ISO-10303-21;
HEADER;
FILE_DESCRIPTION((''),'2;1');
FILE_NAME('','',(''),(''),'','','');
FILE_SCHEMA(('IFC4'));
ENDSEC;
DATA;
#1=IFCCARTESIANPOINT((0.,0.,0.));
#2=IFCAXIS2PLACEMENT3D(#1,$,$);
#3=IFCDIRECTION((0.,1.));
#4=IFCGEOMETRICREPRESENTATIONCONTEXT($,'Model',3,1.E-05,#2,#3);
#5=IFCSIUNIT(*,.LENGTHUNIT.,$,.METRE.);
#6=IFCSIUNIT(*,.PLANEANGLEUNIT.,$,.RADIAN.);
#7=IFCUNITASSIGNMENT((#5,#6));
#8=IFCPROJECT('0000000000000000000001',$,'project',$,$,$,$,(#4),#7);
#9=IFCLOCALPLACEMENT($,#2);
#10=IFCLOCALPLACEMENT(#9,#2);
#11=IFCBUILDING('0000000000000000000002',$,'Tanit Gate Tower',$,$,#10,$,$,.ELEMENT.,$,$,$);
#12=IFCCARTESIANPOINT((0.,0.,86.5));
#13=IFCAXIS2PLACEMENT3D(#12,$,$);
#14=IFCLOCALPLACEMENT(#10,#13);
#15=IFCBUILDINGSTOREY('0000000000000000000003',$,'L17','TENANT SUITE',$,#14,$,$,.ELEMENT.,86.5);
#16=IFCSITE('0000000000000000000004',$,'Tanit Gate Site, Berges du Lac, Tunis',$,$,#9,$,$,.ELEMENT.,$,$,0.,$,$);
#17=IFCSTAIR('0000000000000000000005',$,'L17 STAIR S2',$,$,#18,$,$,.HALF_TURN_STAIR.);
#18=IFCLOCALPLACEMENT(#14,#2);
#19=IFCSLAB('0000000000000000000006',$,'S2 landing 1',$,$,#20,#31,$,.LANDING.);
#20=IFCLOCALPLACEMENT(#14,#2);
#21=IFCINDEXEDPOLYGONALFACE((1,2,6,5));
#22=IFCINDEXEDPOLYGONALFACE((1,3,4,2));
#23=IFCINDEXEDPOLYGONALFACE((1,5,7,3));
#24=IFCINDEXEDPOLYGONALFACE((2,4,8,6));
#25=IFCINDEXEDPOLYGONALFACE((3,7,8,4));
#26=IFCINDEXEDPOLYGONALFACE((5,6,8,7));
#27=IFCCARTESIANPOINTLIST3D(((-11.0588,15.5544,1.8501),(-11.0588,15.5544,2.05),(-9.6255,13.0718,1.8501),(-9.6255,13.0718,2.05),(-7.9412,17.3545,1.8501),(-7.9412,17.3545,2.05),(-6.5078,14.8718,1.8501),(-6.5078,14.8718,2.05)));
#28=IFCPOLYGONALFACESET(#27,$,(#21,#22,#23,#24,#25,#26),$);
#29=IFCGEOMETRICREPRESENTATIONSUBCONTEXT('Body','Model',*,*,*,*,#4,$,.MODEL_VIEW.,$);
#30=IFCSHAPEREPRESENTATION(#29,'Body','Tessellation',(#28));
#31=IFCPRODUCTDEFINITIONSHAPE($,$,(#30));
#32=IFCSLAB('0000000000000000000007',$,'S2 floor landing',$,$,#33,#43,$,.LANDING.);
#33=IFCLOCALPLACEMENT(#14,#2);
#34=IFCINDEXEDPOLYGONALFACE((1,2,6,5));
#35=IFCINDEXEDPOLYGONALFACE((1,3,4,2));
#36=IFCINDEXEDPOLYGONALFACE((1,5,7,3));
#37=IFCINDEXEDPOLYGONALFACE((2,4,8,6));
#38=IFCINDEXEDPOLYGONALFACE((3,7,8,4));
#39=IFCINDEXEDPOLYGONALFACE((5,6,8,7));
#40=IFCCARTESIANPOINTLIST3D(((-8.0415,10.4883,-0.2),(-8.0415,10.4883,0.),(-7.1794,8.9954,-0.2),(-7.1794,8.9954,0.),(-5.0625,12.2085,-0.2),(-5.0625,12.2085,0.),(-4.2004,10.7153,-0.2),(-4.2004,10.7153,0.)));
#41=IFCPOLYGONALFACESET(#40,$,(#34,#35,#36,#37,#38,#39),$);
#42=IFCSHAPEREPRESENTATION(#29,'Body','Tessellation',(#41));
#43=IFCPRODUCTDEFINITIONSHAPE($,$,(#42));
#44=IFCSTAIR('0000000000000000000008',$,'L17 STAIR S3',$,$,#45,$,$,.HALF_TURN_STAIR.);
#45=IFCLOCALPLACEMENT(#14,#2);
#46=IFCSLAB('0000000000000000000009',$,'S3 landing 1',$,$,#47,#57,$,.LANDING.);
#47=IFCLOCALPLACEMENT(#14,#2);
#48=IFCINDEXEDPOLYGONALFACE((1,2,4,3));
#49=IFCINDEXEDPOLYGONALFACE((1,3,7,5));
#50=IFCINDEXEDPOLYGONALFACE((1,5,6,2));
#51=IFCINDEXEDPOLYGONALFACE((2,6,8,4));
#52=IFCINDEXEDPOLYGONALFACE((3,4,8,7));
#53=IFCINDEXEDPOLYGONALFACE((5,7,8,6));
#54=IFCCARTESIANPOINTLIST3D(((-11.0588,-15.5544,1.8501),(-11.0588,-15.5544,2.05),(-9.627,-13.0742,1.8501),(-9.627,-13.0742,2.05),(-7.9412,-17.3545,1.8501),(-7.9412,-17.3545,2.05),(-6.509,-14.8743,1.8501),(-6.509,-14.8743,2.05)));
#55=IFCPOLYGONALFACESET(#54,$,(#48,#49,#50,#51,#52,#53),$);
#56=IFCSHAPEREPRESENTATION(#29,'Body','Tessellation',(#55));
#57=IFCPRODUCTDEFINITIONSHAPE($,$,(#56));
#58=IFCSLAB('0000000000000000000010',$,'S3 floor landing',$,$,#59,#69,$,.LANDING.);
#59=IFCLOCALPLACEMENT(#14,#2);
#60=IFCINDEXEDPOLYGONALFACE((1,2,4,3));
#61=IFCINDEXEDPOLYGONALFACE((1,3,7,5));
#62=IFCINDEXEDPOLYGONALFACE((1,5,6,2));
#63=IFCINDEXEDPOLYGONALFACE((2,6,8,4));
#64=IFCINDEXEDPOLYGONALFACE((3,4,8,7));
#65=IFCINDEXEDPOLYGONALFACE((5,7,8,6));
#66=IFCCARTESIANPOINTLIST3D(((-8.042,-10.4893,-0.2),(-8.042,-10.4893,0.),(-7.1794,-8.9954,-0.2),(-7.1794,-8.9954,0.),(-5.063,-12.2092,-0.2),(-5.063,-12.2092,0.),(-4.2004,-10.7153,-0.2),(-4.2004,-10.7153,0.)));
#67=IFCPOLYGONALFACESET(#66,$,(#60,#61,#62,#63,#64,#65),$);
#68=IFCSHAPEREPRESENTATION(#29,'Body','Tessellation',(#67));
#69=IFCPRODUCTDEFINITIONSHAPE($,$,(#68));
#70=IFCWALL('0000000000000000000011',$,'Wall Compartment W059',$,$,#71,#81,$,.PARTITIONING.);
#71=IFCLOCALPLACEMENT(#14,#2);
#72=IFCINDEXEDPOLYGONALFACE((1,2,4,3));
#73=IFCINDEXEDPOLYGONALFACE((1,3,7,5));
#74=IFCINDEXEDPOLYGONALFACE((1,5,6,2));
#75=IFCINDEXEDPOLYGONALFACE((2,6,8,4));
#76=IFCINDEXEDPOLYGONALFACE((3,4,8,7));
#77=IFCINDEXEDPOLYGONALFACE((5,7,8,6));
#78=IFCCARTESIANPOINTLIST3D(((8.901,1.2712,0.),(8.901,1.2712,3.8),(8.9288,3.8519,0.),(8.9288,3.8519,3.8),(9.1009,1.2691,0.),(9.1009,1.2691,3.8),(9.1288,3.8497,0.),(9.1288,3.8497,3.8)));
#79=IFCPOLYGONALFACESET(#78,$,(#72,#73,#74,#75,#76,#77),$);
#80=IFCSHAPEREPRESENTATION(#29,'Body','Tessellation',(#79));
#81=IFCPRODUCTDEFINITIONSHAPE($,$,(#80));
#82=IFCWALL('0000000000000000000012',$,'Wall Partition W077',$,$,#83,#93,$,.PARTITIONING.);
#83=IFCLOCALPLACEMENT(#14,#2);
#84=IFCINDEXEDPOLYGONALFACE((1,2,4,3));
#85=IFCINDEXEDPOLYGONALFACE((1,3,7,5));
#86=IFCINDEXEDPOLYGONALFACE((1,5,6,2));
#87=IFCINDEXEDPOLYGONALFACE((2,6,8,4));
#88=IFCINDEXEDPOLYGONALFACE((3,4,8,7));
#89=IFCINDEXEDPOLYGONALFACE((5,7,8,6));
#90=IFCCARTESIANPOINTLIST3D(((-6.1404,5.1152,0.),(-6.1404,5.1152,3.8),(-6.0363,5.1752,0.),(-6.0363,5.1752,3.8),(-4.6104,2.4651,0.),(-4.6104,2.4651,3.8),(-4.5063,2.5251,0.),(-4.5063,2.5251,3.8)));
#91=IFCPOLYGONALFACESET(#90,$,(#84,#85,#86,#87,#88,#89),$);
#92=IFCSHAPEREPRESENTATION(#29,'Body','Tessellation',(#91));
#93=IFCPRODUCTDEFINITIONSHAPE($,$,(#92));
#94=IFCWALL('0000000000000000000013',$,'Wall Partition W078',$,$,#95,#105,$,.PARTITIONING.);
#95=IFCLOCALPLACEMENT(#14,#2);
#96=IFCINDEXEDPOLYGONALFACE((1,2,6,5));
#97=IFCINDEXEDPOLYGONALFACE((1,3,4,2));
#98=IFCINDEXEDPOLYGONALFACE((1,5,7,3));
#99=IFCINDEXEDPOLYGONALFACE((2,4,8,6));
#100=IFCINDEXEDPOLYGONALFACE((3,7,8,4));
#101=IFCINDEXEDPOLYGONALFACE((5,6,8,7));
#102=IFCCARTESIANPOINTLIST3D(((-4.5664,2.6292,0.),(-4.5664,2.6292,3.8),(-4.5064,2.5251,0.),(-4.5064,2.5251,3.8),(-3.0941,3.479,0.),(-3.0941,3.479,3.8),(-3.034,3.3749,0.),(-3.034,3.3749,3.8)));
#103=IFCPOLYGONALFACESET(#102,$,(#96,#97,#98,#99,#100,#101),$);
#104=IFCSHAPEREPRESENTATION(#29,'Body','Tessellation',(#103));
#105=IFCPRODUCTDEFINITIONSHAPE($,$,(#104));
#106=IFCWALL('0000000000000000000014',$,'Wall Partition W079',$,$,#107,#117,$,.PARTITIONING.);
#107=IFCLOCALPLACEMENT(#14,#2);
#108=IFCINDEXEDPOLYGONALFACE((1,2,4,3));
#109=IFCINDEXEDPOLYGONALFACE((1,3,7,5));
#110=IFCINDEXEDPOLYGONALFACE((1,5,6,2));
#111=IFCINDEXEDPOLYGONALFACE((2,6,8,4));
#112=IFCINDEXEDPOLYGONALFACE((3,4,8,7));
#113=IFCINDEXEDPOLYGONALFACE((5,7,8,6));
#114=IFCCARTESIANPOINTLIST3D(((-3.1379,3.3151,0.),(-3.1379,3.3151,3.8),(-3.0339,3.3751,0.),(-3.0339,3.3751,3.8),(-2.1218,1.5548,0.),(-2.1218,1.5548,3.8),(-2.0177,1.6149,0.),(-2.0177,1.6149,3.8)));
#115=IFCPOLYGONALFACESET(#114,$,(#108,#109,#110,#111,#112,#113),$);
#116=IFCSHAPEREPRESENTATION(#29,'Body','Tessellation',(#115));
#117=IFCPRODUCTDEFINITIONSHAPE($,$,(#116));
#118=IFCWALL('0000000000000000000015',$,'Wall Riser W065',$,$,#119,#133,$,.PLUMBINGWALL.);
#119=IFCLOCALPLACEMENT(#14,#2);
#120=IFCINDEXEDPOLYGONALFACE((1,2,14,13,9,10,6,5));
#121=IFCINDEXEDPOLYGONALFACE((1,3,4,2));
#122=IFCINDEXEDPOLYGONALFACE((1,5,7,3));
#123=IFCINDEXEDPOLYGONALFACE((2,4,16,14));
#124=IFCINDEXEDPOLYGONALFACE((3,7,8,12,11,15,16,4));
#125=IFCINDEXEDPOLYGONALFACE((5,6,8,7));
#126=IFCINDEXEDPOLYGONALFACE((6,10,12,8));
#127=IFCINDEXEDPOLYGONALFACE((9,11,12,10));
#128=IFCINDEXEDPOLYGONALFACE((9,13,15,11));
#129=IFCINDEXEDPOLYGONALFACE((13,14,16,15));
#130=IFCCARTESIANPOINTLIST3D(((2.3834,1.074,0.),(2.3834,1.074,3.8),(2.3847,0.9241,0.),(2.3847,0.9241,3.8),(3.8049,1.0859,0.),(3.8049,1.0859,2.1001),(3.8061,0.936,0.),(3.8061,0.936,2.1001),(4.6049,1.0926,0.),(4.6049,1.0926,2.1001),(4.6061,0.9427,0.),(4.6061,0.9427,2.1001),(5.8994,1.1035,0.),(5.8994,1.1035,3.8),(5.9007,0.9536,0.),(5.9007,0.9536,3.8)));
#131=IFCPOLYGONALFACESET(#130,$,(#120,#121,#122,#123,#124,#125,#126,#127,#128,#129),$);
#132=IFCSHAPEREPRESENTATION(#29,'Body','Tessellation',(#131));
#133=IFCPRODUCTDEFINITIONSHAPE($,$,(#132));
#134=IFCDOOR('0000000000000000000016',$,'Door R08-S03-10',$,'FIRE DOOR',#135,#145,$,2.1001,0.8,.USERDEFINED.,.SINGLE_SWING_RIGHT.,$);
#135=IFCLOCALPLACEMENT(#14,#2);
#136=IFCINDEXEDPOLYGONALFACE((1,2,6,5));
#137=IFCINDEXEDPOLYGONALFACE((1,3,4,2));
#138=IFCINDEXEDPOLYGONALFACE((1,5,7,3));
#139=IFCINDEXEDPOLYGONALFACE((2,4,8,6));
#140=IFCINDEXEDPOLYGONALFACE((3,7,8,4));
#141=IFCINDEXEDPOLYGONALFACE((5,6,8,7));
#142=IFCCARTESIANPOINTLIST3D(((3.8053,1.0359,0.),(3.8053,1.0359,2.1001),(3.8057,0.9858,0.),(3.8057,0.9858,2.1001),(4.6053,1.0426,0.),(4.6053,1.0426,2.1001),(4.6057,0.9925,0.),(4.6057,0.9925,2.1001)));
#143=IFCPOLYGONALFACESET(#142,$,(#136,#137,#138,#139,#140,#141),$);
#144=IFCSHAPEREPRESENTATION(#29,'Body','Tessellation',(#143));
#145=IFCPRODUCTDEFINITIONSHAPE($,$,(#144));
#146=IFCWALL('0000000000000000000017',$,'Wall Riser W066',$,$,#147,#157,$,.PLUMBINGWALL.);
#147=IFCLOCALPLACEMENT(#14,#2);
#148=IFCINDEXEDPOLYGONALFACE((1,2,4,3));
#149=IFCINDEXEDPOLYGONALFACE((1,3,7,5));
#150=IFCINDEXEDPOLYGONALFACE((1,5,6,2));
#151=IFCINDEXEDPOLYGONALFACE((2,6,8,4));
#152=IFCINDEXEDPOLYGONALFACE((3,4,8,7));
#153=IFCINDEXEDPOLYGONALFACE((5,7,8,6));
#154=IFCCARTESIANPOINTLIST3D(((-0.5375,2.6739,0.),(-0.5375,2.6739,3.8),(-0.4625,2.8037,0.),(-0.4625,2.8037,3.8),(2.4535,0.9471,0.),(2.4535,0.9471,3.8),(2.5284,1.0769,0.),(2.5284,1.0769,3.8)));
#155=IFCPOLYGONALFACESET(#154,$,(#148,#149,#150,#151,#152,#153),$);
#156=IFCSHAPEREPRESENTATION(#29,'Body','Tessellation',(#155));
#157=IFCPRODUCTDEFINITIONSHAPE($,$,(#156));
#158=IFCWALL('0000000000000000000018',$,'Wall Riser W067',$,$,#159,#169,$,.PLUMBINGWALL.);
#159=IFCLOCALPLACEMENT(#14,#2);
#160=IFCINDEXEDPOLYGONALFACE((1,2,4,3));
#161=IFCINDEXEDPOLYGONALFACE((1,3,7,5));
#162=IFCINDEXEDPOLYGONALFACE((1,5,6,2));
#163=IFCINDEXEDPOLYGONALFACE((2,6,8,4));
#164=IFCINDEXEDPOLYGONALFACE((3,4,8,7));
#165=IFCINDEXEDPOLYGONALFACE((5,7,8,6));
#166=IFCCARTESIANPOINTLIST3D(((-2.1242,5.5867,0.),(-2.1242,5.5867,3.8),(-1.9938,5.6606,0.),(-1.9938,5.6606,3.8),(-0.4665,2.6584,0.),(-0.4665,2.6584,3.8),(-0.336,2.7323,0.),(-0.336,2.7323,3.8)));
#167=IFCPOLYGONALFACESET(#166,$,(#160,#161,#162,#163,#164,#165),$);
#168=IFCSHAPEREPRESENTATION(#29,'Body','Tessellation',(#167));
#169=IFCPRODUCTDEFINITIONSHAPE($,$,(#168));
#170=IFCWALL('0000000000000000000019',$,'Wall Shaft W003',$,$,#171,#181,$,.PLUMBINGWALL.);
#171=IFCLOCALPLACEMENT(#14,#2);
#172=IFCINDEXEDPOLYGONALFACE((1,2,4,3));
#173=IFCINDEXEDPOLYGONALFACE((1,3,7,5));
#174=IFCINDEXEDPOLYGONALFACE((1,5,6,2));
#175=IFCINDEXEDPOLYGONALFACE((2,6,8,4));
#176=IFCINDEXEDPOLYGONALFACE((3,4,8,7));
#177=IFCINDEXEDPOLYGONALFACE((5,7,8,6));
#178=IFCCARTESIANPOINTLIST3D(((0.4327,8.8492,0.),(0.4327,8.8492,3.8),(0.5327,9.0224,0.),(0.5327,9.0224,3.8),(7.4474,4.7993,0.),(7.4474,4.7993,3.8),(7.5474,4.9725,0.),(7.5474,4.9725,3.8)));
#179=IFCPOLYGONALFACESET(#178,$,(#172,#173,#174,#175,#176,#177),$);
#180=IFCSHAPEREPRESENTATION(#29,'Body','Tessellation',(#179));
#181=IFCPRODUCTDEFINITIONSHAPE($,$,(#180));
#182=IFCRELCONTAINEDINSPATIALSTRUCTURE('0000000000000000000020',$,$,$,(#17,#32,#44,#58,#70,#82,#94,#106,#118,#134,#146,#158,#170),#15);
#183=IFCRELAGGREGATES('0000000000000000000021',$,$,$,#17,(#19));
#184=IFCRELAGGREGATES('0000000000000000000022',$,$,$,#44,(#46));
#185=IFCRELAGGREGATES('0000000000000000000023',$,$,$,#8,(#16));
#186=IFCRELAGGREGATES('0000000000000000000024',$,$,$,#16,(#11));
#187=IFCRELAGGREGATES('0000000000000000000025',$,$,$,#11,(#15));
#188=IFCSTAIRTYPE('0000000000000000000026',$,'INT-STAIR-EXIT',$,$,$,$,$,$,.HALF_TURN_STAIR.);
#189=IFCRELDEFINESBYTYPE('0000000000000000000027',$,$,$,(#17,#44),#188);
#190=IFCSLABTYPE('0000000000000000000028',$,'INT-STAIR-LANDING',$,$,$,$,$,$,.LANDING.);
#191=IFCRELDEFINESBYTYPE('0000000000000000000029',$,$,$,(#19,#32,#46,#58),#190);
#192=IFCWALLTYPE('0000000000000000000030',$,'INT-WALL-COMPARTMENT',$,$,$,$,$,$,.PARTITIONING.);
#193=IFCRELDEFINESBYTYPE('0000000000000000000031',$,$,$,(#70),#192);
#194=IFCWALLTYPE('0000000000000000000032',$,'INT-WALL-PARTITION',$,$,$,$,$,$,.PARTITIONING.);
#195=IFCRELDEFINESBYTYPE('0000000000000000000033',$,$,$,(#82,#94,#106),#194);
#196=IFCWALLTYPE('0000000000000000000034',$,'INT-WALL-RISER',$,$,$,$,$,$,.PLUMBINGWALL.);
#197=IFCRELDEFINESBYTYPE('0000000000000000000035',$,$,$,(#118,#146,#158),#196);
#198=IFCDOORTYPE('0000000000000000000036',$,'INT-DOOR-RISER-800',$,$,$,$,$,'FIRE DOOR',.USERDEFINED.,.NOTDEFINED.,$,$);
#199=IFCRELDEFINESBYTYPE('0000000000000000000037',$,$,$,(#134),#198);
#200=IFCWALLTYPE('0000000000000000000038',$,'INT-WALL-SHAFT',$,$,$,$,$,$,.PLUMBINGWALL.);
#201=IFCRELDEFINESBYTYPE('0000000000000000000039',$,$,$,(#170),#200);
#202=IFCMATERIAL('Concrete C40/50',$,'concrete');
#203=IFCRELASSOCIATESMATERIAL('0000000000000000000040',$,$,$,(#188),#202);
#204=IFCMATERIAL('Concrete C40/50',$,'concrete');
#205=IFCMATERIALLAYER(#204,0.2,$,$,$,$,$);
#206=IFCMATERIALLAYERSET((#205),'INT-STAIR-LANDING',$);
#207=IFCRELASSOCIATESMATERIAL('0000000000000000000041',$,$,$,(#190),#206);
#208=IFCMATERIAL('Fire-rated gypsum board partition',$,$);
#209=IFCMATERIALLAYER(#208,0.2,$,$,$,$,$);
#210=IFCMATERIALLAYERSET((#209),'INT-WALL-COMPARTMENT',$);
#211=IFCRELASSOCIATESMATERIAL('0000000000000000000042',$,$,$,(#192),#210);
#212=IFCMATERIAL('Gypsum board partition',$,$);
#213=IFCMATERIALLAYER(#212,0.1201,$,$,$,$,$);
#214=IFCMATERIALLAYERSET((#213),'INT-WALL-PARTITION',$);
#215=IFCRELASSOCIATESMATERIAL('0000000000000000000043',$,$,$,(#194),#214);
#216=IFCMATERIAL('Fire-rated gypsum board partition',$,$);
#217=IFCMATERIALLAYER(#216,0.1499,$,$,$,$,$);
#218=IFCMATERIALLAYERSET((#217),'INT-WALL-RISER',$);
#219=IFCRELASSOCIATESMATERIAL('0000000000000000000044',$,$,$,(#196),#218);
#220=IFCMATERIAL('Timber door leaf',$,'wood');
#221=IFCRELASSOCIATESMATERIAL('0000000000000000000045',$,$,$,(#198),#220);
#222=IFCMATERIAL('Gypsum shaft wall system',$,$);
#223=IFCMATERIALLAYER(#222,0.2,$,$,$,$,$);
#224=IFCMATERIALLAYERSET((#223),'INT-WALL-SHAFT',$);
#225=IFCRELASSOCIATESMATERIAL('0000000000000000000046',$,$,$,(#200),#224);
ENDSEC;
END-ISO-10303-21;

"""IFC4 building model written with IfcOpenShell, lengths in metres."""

from ifc_helpers import new_model, si_unit, direction, frame, frame_2d, origin, place, context, subcontext, project, spatial, polyline, rectangle, outline, extrude, material, layer, layer_set, type_object, element, fill, aggregate, save


model = new_model("IFC4")

# Units and contexts
model_context = context("Model", 3, precision=1e-05, world=origin(), true_north=direction((0.0, 1.0)))
body_context = subcontext(model_context, "Body", "Model", "MODEL_VIEW")
ifc_project = project(units=[si_unit("LENGTHUNIT", "METRE"), si_unit("PLANEANGLEUNIT", "RADIAN")], contexts=[model_context])

# Site, building, storey
site_placement = place(None, origin())
site = spatial("IfcSite", under=ifc_project, at=site_placement, Name="Tanit Gate Site, Berges du Lac, Tunis", CompositionType="ELEMENT", RefElevation=0.0)
building_placement = place(site_placement, origin())
building = spatial("IfcBuilding", under=site, at=building_placement, Name="Tanit Gate Tower", CompositionType="ELEMENT")
storey_placement = place(building_placement, frame((0.0, 0.0, 86.5)))
storey = spatial("IfcBuildingStorey", under=building, at=storey_placement, Name="L17", Description="TENANT SUITE", CompositionType="ELEMENT", Elevation=86.5)

# Stair, slab
ifc_material_1 = material(Name="Concrete C40/50", Category="concrete")
stair_type = type_object("IfcStairType", Name="INT-STAIR-EXIT", PredefinedType="HALF_TURN_STAIR", material=ifc_material_1)
stair_1_placement = place(storey_placement, origin())
stair_1 = element("IfcStair", 1, at=stair_1_placement, inside=storey, type_object=stair_type, Name="L17 STAIR S2", PredefinedType="HALF_TURN_STAIR")
ifc_material_2 = material(Name="Concrete C40/50", Category="concrete")
ifc_layer_1 = layer(ifc_material_2, 0.2)
ifc_layer_set_1 = layer_set([ifc_layer_1], Name="INT-STAIR-LANDING")
slab_type = type_object("IfcSlabType", Name="INT-STAIR-LANDING", PredefinedType="LANDING", material=ifc_layer_set_1)
slab_1_placement = place(storey_placement, frame((0.0, 0.0, 1.8501)))
slab_1 = element("IfcSlab", 2, at=slab_1_placement, type_object=slab_type, Name="S2 landing 1", PredefinedType="LANDING", context=body_context, shape_type="SweptSolid", body=[
    extrude(outline(polyline([(-6.5078, 14.8718), (-7.9412, 17.3545), (-11.0588, 15.5544), (-9.6255, 13.0718), (-6.5078, 14.8718)])), origin(), (0.0, 0.0, 1.0), 0.2),
])
aggregate(stair_1, [slab_1])

# Slab
slab_2_placement = place(storey_placement, frame((0.0, 0.0, -0.2)))
element("IfcSlab", 3, at=slab_2_placement, inside=storey, type_object=slab_type, Name="S2 floor landing", PredefinedType="LANDING", context=body_context, shape_type="SweptSolid", body=[
    extrude(outline(polyline([(-4.2004, 10.7153), (-5.0625, 12.2085), (-8.0415, 10.4883), (-7.1794, 8.9954), (-4.2004, 10.7153)])), origin(), (0.0, 0.0, 1.0), 0.2),
])

# Stair, slab
stair_2_placement = place(storey_placement, origin())
stair_2 = element("IfcStair", 4, at=stair_2_placement, inside=storey, type_object=stair_type, Name="L17 STAIR S3", PredefinedType="HALF_TURN_STAIR")
slab_3_placement = place(storey_placement, frame((0.0, 0.0, 1.8501)))
slab_3 = element("IfcSlab", 5, at=slab_3_placement, type_object=slab_type, Name="S3 landing 1", PredefinedType="LANDING", context=body_context, shape_type="SweptSolid", body=[
    extrude(outline(polyline([(-9.627, -13.0742), (-11.0588, -15.5544), (-7.9412, -17.3545), (-6.509, -14.8743), (-9.627, -13.0742)])), origin(), (0.0, 0.0, 1.0), 0.2),
])
aggregate(stair_2, [slab_3])

# Slab
slab_4_placement = place(storey_placement, frame((0.0, 0.0, -0.2)))
element("IfcSlab", 6, at=slab_4_placement, inside=storey, type_object=slab_type, Name="S3 floor landing", PredefinedType="LANDING", context=body_context, shape_type="SweptSolid", body=[
    extrude(outline(polyline([(-7.1794, -8.9954), (-8.042, -10.4893), (-5.063, -12.2092), (-4.2004, -10.7153), (-7.1794, -8.9954)])), origin(), (0.0, 0.0, 1.0), 0.2),
])

# Walls
ifc_material_3 = material(Name="Fire-rated gypsum board partition")
ifc_layer_2 = layer(ifc_material_3, 0.2)
ifc_layer_set_2 = layer_set([ifc_layer_2], Name="INT-WALL-COMPARTMENT")
wall_type_1 = type_object("IfcWallType", Name="INT-WALL-COMPARTMENT", PredefinedType="PARTITIONING", material=ifc_layer_set_2)
wall_1_placement = place(storey_placement, frame((9.001, 1.27, 0.0), z_axis=(0.0, 0.0, 1.0), x_axis=(0.010785, 0.999942, 0.0)))
element("IfcWall", 7, at=wall_1_placement, inside=storey, type_object=wall_type_1, Name="Wall Compartment W059", PredefinedType="PARTITIONING", context=body_context, shape_type="SweptSolid", body=[
    extrude(rectangle(XDim=2.5808, YDim=0.2, at=frame_2d((1.2905, 0.0))), origin(), (0.0, 0.0, 1.0), 3.8),
])
ifc_material_4 = material(Name="Gypsum board partition")
ifc_layer_3 = layer(ifc_material_4, 0.1201)
ifc_layer_set_3 = layer_set([ifc_layer_3], Name="INT-WALL-PARTITION")
wall_type_2 = type_object("IfcWallType", Name="INT-WALL-PARTITION", PredefinedType="PARTITIONING", material=ifc_layer_set_3)
wall_2_placement = place(storey_placement, frame((-4.5583, 2.4951, 0.0), z_axis=(0.0, 0.0, 1.0), x_axis=(-0.499992, 0.86603, 0.0)))
element("IfcWall", 8, at=wall_2_placement, inside=storey, type_object=wall_type_2, Name="Wall Partition W077", PredefinedType="PARTITIONING", context=body_context, shape_type="SweptSolid", body=[
    extrude(rectangle(XDim=3.0601, YDim=0.1201, at=frame_2d((1.53, 0.0))), origin(), (0.0, 0.0, 1.0), 3.8),
])
wall_3_placement = place(storey_placement, frame((-3.064, 3.427, 0.0), z_axis=(0.0, 0.0, 1.0), x_axis=(-0.866088, -0.499892, 0.0)))
element("IfcWall", 9, at=wall_3_placement, inside=storey, type_object=wall_type_2, Name="Wall Partition W078", PredefinedType="PARTITIONING", context=body_context, shape_type="SweptSolid", body=[
    extrude(rectangle(XDim=1.7, YDim=0.1201, at=frame_2d((0.8501, 0.0))), origin(), (0.0, 0.0, 1.0), 3.8),
])
wall_4_placement = place(storey_placement, frame((-2.0698, 1.585, 0.0), z_axis=(0.0, 0.0, 1.0), x_axis=(-0.499937, 0.866062, 0.0)))
element("IfcWall", 10, at=wall_4_placement, inside=storey, type_object=wall_type_2, Name="Wall Partition W079", PredefinedType="PARTITIONING", context=body_context, shape_type="SweptSolid", body=[
    extrude(rectangle(XDim=2.0325, YDim=0.1201, at=frame_2d((1.0161, 0.0))), origin(), (0.0, 0.0, 1.0), 3.8),
])

# Wall, opening, door
ifc_material_5 = material(Name="Fire-rated gypsum board partition")
ifc_layer_4 = layer(ifc_material_5, 0.1499)
ifc_layer_set_4 = layer_set([ifc_layer_4], Name="INT-WALL-RISER")
wall_type_3 = type_object("IfcWallType", Name="INT-WALL-RISER", PredefinedType="PLUMBINGWALL", material=ifc_layer_set_4)
wall_5_placement = place(storey_placement, frame((2.384, 0.999, 0.0), z_axis=(0.0, 0.0, 1.0), x_axis=(0.999965, 0.008402, 0.0)))
wall_5 = element("IfcWall", 11, at=wall_5_placement, inside=storey, type_object=wall_type_3, Name="Wall Riser W065", PredefinedType="PLUMBINGWALL", context=body_context, shape_type="SweptSolid", body=[
    extrude(rectangle(XDim=3.5161, YDim=0.1499, at=frame_2d((1.7581, 0.0))), origin(), (0.0, 0.0, 1.0), 3.8),
])
opening_1_placement = place(wall_5_placement, frame((1.4216, 0.0, 0.0)))
opening_1 = element("IfcOpeningElement", 12, at=opening_1_placement, cuts=wall_5, PredefinedType="OPENING", context=body_context, shape_type="SweptSolid", body=[
    extrude(rectangle(XDim=0.8, YDim=2.1001, at=frame_2d((0.3999, 1.05))), frame((0.0, 0.085, 0.0), z_axis=(0.0, -1.0, 0.0), x_axis=(1.0, 0.0, 0.0)), (0.0, 0.0, 1.0), 0.1699),
])
ifc_material_6 = material(Name="Timber door leaf", Category="wood")
door_type_1 = type_object("IfcDoorType", Name="INT-DOOR-RISER-800", ElementType="FIRE DOOR", OperationType="NOTDEFINED", PredefinedType="USERDEFINED", material=ifc_material_6)
door_1_placement = place(opening_1_placement, origin())
door_1 = element("IfcDoor", 13, at=door_1_placement, inside=storey, type_object=door_type_1, Name="Door R08-S03-10", ObjectType="FIRE DOOR", OperationType="SINGLE_SWING_RIGHT", OverallHeight=2.1001, OverallWidth=0.8, PredefinedType="USERDEFINED", context=body_context, shape_type="SweptSolid", body=[
    extrude(rectangle(XDim=0.8, YDim=2.1001, at=frame_2d((0.3999, 1.05))), frame((0.0, 0.0249, 0.0), z_axis=(0.0, -1.0, 0.0), x_axis=(1.0, 0.0, 0.0)), (0.0, 0.0, 1.0), 0.05),
])
fill(opening_1, door_1)

# Walls
wall_6_placement = place(storey_placement, frame((-0.5, 2.7388, 0.0), z_axis=(0.0, 0.0, 1.0), x_axis=(0.866029, -0.499994, 0.0)))
element("IfcWall", 14, at=wall_6_placement, inside=storey, type_object=wall_type_3, Name="Wall Riser W066", PredefinedType="PLUMBINGWALL", context=body_context, shape_type="SweptSolid", body=[
    extrude(rectangle(XDim=3.4536, YDim=0.1499, at=frame_2d((1.7268, 0.0))), origin(), (0.0, 0.0, 1.0), 3.8),
])
wall_7_placement = place(storey_placement, frame((-2.0591, 5.6238, 0.0), z_axis=(0.0, 0.0, 1.0), x_axis=(0.49265, -0.870228, 0.0)))
element("IfcWall", 15, at=wall_7_placement, inside=storey, type_object=wall_type_3, Name="Wall Riser W067", PredefinedType="PLUMBINGWALL", context=body_context, shape_type="SweptSolid", body=[
    extrude(rectangle(XDim=3.365, YDim=0.1499, at=frame_2d((1.6826, 0.0))), origin(), (0.0, 0.0, 1.0), 3.8),
])
ifc_material_7 = material(Name="Gypsum shaft wall system")
ifc_layer_5 = layer(ifc_material_7, 0.2)
ifc_layer_set_5 = layer_set([ifc_layer_5], Name="INT-WALL-SHAFT")
wall_type_4 = type_object("IfcWallType", Name="INT-WALL-SHAFT", PredefinedType="PLUMBINGWALL", material=ifc_layer_set_5)
wall_8_placement = place(storey_placement, frame((7.4973, 4.886, 0.0), z_axis=(0.0, 0.0, 1.0), x_axis=(-0.866031, 0.49999, 0.0)))
element("IfcWall", 16, at=wall_8_placement, inside=storey, type_object=wall_type_4, Name="Wall Shaft W003", PredefinedType="PLUMBINGWALL", context=body_context, shape_type="SweptSolid", body=[
    extrude(rectangle(XDim=8.0999, YDim=0.2, at=frame_2d((4.0498, 0.0))), origin(), (0.0, 0.0, 1.0), 3.8),
])

save(model, "model.ifc")
